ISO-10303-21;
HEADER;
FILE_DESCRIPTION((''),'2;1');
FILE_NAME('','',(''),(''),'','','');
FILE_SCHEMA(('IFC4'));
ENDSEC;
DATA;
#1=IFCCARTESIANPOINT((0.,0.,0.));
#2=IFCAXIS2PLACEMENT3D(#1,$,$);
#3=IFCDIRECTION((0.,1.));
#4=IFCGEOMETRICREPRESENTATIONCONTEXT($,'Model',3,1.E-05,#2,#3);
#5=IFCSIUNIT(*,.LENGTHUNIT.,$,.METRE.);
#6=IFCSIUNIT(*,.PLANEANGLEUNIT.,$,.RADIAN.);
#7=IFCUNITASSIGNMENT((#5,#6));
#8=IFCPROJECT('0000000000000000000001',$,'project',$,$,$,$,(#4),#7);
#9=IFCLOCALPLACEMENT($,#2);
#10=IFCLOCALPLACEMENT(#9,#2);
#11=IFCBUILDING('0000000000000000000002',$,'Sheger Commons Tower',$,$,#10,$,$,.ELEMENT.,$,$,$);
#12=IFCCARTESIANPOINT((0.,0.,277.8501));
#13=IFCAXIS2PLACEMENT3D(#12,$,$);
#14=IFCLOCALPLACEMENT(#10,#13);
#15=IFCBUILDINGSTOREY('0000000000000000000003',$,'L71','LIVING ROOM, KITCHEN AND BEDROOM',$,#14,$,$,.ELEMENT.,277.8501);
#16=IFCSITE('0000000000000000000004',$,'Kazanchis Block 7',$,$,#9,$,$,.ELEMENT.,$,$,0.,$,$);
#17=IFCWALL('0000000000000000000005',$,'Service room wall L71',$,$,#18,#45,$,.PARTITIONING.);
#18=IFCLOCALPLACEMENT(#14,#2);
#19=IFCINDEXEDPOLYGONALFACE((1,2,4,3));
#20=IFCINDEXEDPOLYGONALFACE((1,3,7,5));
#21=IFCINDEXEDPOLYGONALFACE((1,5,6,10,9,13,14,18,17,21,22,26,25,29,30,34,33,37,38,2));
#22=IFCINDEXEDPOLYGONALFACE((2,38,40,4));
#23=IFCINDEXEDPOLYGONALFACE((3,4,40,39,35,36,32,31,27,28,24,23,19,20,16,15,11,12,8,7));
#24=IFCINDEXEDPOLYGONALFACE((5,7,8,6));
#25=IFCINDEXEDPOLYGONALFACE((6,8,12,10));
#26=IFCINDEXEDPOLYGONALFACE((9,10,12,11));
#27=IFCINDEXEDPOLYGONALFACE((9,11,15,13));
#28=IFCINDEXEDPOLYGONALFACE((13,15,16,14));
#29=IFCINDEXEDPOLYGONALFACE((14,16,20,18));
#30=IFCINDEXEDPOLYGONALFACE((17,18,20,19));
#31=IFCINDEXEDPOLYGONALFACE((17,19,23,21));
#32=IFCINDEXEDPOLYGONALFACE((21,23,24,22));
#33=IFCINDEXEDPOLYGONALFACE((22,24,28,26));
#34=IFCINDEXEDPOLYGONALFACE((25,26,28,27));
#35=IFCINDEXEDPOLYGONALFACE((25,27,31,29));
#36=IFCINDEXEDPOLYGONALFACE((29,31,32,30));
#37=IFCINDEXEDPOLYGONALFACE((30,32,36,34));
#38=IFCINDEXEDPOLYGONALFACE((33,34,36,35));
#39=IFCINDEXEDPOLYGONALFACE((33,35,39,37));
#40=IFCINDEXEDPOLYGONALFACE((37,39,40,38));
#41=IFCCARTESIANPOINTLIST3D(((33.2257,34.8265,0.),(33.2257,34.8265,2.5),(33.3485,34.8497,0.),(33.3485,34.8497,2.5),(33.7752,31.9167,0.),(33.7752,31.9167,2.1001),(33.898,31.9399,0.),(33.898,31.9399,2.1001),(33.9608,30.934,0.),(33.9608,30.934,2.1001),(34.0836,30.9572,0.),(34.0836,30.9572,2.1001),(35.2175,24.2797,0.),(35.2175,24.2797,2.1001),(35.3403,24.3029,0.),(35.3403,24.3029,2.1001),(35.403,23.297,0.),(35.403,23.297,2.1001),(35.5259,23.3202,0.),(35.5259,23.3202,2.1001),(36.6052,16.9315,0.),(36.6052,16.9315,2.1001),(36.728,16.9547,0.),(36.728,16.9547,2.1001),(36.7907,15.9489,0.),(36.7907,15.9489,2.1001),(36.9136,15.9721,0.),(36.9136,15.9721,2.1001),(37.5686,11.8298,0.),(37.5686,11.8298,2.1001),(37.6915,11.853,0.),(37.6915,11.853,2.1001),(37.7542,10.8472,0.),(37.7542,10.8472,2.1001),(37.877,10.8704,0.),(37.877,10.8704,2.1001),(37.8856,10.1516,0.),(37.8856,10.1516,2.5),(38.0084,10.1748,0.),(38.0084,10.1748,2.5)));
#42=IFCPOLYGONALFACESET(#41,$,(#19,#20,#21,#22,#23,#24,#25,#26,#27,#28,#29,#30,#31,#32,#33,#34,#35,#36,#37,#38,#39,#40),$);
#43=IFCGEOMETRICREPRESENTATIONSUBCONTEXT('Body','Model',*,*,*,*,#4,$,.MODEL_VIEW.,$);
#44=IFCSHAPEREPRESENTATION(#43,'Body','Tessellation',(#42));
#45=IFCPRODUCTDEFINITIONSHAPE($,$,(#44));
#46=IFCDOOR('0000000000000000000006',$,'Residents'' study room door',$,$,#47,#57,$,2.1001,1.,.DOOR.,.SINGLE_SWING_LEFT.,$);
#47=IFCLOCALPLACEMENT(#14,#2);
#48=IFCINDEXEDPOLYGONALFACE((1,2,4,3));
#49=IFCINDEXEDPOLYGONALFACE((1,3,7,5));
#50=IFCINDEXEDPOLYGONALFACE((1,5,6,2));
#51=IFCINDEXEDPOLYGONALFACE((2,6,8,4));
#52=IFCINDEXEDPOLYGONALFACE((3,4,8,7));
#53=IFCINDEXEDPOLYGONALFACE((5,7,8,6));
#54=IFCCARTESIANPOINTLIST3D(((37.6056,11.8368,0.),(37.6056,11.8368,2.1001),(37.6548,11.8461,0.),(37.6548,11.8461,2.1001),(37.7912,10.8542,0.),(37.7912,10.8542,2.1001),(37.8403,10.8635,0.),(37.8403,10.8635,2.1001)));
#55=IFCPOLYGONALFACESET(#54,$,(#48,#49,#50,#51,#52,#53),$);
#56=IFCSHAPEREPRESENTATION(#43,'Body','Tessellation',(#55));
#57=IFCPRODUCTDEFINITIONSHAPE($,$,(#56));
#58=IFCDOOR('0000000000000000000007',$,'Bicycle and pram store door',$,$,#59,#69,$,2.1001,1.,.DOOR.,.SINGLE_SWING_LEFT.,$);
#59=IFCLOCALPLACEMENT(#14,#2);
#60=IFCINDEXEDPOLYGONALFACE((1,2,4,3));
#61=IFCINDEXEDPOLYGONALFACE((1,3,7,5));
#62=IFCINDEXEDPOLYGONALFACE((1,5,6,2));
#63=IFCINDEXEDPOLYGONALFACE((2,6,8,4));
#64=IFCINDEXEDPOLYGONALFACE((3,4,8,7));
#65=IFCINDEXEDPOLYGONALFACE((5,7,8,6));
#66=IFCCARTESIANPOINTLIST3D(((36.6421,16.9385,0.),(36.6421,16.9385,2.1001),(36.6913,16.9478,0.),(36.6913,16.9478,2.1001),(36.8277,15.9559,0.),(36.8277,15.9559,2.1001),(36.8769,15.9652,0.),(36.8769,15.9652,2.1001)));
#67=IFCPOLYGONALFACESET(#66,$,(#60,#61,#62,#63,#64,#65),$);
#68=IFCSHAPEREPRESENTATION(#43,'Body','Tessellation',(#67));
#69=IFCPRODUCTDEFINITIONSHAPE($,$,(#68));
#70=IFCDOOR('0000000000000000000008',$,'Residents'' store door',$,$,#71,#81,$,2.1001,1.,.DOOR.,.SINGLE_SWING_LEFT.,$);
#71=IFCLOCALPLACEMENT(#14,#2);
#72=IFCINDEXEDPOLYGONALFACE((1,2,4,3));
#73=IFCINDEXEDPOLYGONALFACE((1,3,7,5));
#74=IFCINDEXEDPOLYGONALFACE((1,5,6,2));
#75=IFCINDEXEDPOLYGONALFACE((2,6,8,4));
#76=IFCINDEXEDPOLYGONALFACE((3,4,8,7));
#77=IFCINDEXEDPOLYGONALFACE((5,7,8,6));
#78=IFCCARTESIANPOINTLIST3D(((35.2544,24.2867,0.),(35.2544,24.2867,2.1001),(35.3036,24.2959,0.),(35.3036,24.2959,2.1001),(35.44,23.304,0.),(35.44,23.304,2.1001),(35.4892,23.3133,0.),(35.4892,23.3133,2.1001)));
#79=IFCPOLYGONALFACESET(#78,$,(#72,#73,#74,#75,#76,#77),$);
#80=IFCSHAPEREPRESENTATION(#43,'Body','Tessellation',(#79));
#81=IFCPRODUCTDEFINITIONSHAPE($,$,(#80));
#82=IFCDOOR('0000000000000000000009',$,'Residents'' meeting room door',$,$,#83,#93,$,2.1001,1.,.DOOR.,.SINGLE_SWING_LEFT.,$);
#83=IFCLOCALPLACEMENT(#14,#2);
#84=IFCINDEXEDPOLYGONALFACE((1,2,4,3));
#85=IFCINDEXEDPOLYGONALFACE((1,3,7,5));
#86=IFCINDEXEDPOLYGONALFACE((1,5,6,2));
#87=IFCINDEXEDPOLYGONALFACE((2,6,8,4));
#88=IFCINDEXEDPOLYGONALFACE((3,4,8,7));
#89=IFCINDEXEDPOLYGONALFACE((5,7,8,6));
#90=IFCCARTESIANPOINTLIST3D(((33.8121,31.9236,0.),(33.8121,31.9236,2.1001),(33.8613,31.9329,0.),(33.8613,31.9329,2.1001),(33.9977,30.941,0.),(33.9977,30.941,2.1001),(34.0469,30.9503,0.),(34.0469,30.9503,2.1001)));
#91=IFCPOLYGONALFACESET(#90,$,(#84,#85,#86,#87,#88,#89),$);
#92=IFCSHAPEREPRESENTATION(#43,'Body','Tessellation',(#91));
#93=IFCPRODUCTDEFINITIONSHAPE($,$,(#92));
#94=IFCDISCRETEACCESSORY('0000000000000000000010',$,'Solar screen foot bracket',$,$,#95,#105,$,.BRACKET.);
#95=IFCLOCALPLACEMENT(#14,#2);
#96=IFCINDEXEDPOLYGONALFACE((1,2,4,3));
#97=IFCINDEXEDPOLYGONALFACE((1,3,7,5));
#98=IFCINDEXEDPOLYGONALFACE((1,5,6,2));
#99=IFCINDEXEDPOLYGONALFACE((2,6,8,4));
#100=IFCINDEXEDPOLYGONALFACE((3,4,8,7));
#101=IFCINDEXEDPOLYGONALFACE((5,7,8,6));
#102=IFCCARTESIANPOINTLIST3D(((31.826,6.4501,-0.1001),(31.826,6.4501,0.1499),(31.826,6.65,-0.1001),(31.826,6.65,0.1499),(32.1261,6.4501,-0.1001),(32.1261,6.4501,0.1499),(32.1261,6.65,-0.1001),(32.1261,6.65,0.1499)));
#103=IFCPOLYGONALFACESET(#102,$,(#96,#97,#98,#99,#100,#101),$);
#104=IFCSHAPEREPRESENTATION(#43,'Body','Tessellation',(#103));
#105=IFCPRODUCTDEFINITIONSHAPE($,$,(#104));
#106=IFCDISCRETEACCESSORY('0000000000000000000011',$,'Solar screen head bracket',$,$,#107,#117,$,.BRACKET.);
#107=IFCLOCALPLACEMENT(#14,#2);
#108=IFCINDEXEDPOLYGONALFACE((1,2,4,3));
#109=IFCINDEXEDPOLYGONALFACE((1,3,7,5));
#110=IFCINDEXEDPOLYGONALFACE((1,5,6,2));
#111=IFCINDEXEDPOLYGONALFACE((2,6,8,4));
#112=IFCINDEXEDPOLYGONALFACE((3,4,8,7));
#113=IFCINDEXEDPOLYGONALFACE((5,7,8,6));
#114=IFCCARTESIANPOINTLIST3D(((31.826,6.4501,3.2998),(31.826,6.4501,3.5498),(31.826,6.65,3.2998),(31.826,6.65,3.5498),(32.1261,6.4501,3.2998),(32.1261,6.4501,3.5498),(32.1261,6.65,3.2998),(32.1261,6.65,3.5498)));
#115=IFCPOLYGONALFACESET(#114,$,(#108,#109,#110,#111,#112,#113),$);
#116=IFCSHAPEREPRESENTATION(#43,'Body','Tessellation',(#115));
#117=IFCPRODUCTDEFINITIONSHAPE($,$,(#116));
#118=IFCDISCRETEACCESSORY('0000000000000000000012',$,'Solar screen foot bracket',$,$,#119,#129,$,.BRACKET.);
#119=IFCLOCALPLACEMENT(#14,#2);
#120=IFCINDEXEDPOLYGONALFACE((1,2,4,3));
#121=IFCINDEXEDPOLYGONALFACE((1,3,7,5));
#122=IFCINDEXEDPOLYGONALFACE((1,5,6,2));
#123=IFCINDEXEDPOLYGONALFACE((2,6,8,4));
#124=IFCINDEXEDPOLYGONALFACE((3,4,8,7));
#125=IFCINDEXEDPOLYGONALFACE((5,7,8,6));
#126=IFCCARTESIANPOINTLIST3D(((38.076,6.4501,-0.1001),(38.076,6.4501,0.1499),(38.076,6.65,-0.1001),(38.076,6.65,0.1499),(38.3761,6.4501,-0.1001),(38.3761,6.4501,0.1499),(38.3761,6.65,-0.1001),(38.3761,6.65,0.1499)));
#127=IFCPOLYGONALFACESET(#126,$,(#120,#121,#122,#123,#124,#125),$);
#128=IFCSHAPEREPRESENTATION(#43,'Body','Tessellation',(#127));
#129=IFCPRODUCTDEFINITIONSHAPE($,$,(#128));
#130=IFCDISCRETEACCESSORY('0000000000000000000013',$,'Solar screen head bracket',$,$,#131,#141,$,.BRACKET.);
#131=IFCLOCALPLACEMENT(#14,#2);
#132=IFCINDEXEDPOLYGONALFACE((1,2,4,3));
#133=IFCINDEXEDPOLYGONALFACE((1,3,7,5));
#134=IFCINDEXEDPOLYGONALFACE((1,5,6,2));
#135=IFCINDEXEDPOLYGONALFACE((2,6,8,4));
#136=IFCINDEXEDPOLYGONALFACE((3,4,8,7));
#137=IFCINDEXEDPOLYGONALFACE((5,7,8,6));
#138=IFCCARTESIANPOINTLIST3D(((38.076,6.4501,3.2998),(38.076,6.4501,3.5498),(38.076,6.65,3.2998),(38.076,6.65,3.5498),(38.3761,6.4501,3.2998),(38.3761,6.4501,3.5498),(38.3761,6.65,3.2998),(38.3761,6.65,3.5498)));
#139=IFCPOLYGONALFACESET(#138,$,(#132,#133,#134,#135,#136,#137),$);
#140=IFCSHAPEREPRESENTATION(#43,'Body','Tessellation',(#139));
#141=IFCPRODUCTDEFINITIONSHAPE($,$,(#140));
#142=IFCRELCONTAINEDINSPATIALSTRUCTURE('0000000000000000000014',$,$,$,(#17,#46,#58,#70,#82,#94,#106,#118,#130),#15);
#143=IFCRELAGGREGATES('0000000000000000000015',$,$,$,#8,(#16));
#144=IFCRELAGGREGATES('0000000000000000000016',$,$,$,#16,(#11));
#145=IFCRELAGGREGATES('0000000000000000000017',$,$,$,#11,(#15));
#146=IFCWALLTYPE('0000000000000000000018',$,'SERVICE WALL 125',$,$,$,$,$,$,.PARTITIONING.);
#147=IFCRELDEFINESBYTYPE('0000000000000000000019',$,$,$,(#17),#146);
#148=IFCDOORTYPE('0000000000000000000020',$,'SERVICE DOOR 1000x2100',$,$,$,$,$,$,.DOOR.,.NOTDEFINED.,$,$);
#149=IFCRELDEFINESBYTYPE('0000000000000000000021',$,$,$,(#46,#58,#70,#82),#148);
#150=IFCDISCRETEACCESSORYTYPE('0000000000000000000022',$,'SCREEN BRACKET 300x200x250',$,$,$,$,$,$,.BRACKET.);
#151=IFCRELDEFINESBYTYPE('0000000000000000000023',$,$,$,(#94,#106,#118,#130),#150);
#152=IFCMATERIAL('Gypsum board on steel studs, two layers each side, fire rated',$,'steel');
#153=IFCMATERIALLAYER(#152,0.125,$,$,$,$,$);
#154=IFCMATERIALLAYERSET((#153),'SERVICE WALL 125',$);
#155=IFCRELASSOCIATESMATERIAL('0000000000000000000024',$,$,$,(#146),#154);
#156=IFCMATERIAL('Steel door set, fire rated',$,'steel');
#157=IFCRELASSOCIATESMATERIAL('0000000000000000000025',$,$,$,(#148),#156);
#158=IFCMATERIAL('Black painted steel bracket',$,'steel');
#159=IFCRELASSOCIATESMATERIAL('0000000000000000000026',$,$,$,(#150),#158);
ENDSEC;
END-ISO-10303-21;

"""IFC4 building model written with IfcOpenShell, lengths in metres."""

from ifc_helpers import new_model, si_unit, direction, frame, frame_2d, origin, origin_2d, place, context, subcontext, project, spatial, rectangle, extrude, material, layer, layer_set, type_object, element, fill, save


model = new_model("IFC4")

# Units and contexts
model_context = context("Model", 3, precision=1e-05, world=origin(), true_north=direction((0.0, 1.0)))
body_context = subcontext(model_context, "Body", "Model", "MODEL_VIEW")
ifc_project = project(units=[si_unit("LENGTHUNIT", "METRE"), si_unit("PLANEANGLEUNIT", "RADIAN")], contexts=[model_context])

# Site, building, storey
site_placement = place(None, origin())
site = spatial("IfcSite", under=ifc_project, at=site_placement, Name="Kazanchis Block 7", CompositionType="ELEMENT", RefElevation=0.0)
building_placement = place(site_placement, origin())
building = spatial("IfcBuilding", under=site, at=building_placement, Name="Sheger Commons Tower", CompositionType="ELEMENT")
storey_placement = place(building_placement, frame((0.0, 0.0, 277.8501)))
storey = spatial("IfcBuildingStorey", under=building, at=storey_placement, Name="L71", Description="LIVING ROOM, KITCHEN AND BEDROOM", CompositionType="ELEMENT", Elevation=277.8501)

# Wall, openings, doors
ifc_material_1 = material(Name="Gypsum board on steel studs, two layers each side, fire rated", Category="steel")
ifc_layer_1 = layer(ifc_material_1, 0.125)
ifc_layer_set_1 = layer_set([ifc_layer_1], Name="SERVICE WALL 125")
wall_type = type_object("IfcWallType", Name="SERVICE WALL 125", PredefinedType="PARTITIONING", material=ifc_layer_set_1)
wall_placement = place(storey_placement, frame((37.947, 10.1631, 0.0), z_axis=(0.0, 0.0, 1.0), x_axis=(-0.185573, 0.982631, 0.0)))
wall = element("IfcWall", 1, at=wall_placement, inside=storey, type_object=wall_type, Name="Service room wall L71", PredefinedType="PARTITIONING", context=body_context, shape_type="SweptSolid", body=[
    extrude(rectangle(XDim=25.1111, YDim=0.125, at=frame_2d((12.5557, 0.0))), origin(), (0.0, 0.0, 1.0), 2.5),
])
opening_1_placement = place(wall_placement, frame((0.708, 0.0, 0.0)))
opening_1 = element("IfcOpeningElement", 2, at=opening_1_placement, cuts=wall, PredefinedType="OPENING", context=body_context, shape_type="SweptSolid", body=[
    extrude(rectangle(XDim=1.0, YDim=2.1001, at=frame_2d((0.5, 1.05))), frame((0.0, 0.0725, 0.0), z_axis=(0.0, -1.0, 0.0), x_axis=(1.0, 0.0, 0.0)), (0.0, 0.0, 1.0), 0.145),
])
opening_2_placement = place(wall_placement, frame((5.8999, 0.0, 0.0)))
opening_2 = element("IfcOpeningElement", 3, at=opening_2_placement, cuts=wall, PredefinedType="OPENING", context=body_context, shape_type="SweptSolid", body=[
    extrude(rectangle(XDim=1.0, YDim=2.1001, at=frame_2d((0.5, 1.05))), frame((0.0, 0.0725, 0.0), z_axis=(0.0, -1.0, 0.0), x_axis=(1.0, 0.0, 0.0)), (0.0, 0.0, 1.0), 0.145),
])
opening_3_placement = place(wall_placement, frame((13.3779, 0.0, 0.0)))
opening_3 = element("IfcOpeningElement", 4, at=opening_3_placement, cuts=wall, PredefinedType="OPENING", context=body_context, shape_type="SweptSolid", body=[
    extrude(rectangle(XDim=1.0, YDim=2.1001, at=frame_2d((0.5, 1.05))), frame((0.0, 0.0725, 0.0), z_axis=(0.0, -1.0, 0.0), x_axis=(1.0, 0.0, 0.0)), (0.0, 0.0, 1.0), 0.145),
])
opening_4_placement = place(wall_placement, frame((21.1499, 0.0, 0.0)))
opening_4 = element("IfcOpeningElement", 5, at=opening_4_placement, cuts=wall, PredefinedType="OPENING", context=body_context, shape_type="SweptSolid", body=[
    extrude(rectangle(XDim=1.0, YDim=2.1001, at=frame_2d((0.5, 1.05))), frame((0.0, 0.0725, 0.0), z_axis=(0.0, -1.0, 0.0), x_axis=(1.0, 0.0, 0.0)), (0.0, 0.0, 1.0), 0.145),
])
ifc_material_2 = material(Name="Steel door set, fire rated", Category="steel")
door_type = type_object("IfcDoorType", Name="SERVICE DOOR 1000x2100", OperationType="NOTDEFINED", PredefinedType="DOOR", material=ifc_material_2)
door_1_placement = place(opening_1_placement, origin())
door_1 = element("IfcDoor", 6, at=door_1_placement, inside=storey, type_object=door_type, Name="Residents' study room door", OperationType="SINGLE_SWING_LEFT", OverallHeight=2.1001, OverallWidth=1.0, PredefinedType="DOOR", context=body_context, shape_type="SweptSolid", body=[
    extrude(rectangle(XDim=1.0, YDim=2.1001, at=frame_2d((0.5, 1.05))), frame((0.0, 0.0249, 0.0), z_axis=(0.0, -1.0, 0.0), x_axis=(1.0, 0.0, 0.0)), (0.0, 0.0, 1.0), 0.05),
])
fill(opening_1, door_1)
door_2_placement = place(opening_2_placement, origin())
door_2 = element("IfcDoor", 7, at=door_2_placement, inside=storey, type_object=door_type, Name="Bicycle and pram store door", OperationType="SINGLE_SWING_LEFT", OverallHeight=2.1001, OverallWidth=1.0, PredefinedType="DOOR", context=body_context, shape_type="SweptSolid", body=[
    extrude(rectangle(XDim=1.0, YDim=2.1001, at=frame_2d((0.5, 1.05))), frame((0.0, 0.0249, 0.0), z_axis=(0.0, -1.0, 0.0), x_axis=(1.0, 0.0, 0.0)), (0.0, 0.0, 1.0), 0.05),
])
fill(opening_2, door_2)
door_3_placement = place(opening_3_placement, origin())
door_3 = element("IfcDoor", 8, at=door_3_placement, inside=storey, type_object=door_type, Name="Residents' store door", OperationType="SINGLE_SWING_LEFT", OverallHeight=2.1001, OverallWidth=1.0, PredefinedType="DOOR", context=body_context, shape_type="SweptSolid", body=[
    extrude(rectangle(XDim=1.0, YDim=2.1001, at=frame_2d((0.5, 1.05))), frame((0.0, 0.0249, 0.0), z_axis=(0.0, -1.0, 0.0), x_axis=(1.0, 0.0, 0.0)), (0.0, 0.0, 1.0), 0.05),
])
fill(opening_3, door_3)
door_4_placement = place(opening_4_placement, origin())
door_4 = element("IfcDoor", 9, at=door_4_placement, inside=storey, type_object=door_type, Name="Residents' meeting room door", OperationType="SINGLE_SWING_LEFT", OverallHeight=2.1001, OverallWidth=1.0, PredefinedType="DOOR", context=body_context, shape_type="SweptSolid", body=[
    extrude(rectangle(XDim=1.0, YDim=2.1001, at=frame_2d((0.5, 1.05))), frame((0.0, 0.0249, 0.0), z_axis=(0.0, -1.0, 0.0), x_axis=(1.0, 0.0, 0.0)), (0.0, 0.0, 1.0), 0.05),
])
fill(opening_4, door_4)

# Discrete accessories
ifc_material_3 = material(Name="Black painted steel bracket", Category="steel")
discrete_accessory_type = type_object("IfcDiscreteAccessoryType", Name="SCREEN BRACKET 300x200x250", PredefinedType="BRACKET", material=ifc_material_3)
for number, where, z_axis, x_axis, name in (
    (10, (31.9761, 6.55, -0.1001), (0.0, 0.0, 1.0), (1.0, 0.0, 0.0), "Solar screen foot bracket"),
    (11, (31.9761, 6.55, 3.2998), (0.0, 0.0, 1.0), (1.0, 0.0, 0.0), "Solar screen head bracket"),
    (12, (38.2261, 6.55, -0.1001), (0.0, 0.0, 1.0), (1.0, 0.0, 0.0), "Solar screen foot bracket"),
    (13, (38.2261, 6.55, 3.2998), (0.0, 0.0, 1.0), (1.0, 0.0, 0.0), "Solar screen head bracket"),
):
    element("IfcDiscreteAccessory", number, at=place(storey_placement, frame(where, z_axis=z_axis, x_axis=x_axis)), inside=storey, type_object=discrete_accessory_type, Name=name, PredefinedType="BRACKET", context=body_context, shape_type="SweptSolid", body=[
        extrude(rectangle(XDim=0.3, YDim=0.2, at=origin_2d()), origin(), (0.0, 0.0, 1.0), 0.25),
    ])

save(model, "model.ifc")
